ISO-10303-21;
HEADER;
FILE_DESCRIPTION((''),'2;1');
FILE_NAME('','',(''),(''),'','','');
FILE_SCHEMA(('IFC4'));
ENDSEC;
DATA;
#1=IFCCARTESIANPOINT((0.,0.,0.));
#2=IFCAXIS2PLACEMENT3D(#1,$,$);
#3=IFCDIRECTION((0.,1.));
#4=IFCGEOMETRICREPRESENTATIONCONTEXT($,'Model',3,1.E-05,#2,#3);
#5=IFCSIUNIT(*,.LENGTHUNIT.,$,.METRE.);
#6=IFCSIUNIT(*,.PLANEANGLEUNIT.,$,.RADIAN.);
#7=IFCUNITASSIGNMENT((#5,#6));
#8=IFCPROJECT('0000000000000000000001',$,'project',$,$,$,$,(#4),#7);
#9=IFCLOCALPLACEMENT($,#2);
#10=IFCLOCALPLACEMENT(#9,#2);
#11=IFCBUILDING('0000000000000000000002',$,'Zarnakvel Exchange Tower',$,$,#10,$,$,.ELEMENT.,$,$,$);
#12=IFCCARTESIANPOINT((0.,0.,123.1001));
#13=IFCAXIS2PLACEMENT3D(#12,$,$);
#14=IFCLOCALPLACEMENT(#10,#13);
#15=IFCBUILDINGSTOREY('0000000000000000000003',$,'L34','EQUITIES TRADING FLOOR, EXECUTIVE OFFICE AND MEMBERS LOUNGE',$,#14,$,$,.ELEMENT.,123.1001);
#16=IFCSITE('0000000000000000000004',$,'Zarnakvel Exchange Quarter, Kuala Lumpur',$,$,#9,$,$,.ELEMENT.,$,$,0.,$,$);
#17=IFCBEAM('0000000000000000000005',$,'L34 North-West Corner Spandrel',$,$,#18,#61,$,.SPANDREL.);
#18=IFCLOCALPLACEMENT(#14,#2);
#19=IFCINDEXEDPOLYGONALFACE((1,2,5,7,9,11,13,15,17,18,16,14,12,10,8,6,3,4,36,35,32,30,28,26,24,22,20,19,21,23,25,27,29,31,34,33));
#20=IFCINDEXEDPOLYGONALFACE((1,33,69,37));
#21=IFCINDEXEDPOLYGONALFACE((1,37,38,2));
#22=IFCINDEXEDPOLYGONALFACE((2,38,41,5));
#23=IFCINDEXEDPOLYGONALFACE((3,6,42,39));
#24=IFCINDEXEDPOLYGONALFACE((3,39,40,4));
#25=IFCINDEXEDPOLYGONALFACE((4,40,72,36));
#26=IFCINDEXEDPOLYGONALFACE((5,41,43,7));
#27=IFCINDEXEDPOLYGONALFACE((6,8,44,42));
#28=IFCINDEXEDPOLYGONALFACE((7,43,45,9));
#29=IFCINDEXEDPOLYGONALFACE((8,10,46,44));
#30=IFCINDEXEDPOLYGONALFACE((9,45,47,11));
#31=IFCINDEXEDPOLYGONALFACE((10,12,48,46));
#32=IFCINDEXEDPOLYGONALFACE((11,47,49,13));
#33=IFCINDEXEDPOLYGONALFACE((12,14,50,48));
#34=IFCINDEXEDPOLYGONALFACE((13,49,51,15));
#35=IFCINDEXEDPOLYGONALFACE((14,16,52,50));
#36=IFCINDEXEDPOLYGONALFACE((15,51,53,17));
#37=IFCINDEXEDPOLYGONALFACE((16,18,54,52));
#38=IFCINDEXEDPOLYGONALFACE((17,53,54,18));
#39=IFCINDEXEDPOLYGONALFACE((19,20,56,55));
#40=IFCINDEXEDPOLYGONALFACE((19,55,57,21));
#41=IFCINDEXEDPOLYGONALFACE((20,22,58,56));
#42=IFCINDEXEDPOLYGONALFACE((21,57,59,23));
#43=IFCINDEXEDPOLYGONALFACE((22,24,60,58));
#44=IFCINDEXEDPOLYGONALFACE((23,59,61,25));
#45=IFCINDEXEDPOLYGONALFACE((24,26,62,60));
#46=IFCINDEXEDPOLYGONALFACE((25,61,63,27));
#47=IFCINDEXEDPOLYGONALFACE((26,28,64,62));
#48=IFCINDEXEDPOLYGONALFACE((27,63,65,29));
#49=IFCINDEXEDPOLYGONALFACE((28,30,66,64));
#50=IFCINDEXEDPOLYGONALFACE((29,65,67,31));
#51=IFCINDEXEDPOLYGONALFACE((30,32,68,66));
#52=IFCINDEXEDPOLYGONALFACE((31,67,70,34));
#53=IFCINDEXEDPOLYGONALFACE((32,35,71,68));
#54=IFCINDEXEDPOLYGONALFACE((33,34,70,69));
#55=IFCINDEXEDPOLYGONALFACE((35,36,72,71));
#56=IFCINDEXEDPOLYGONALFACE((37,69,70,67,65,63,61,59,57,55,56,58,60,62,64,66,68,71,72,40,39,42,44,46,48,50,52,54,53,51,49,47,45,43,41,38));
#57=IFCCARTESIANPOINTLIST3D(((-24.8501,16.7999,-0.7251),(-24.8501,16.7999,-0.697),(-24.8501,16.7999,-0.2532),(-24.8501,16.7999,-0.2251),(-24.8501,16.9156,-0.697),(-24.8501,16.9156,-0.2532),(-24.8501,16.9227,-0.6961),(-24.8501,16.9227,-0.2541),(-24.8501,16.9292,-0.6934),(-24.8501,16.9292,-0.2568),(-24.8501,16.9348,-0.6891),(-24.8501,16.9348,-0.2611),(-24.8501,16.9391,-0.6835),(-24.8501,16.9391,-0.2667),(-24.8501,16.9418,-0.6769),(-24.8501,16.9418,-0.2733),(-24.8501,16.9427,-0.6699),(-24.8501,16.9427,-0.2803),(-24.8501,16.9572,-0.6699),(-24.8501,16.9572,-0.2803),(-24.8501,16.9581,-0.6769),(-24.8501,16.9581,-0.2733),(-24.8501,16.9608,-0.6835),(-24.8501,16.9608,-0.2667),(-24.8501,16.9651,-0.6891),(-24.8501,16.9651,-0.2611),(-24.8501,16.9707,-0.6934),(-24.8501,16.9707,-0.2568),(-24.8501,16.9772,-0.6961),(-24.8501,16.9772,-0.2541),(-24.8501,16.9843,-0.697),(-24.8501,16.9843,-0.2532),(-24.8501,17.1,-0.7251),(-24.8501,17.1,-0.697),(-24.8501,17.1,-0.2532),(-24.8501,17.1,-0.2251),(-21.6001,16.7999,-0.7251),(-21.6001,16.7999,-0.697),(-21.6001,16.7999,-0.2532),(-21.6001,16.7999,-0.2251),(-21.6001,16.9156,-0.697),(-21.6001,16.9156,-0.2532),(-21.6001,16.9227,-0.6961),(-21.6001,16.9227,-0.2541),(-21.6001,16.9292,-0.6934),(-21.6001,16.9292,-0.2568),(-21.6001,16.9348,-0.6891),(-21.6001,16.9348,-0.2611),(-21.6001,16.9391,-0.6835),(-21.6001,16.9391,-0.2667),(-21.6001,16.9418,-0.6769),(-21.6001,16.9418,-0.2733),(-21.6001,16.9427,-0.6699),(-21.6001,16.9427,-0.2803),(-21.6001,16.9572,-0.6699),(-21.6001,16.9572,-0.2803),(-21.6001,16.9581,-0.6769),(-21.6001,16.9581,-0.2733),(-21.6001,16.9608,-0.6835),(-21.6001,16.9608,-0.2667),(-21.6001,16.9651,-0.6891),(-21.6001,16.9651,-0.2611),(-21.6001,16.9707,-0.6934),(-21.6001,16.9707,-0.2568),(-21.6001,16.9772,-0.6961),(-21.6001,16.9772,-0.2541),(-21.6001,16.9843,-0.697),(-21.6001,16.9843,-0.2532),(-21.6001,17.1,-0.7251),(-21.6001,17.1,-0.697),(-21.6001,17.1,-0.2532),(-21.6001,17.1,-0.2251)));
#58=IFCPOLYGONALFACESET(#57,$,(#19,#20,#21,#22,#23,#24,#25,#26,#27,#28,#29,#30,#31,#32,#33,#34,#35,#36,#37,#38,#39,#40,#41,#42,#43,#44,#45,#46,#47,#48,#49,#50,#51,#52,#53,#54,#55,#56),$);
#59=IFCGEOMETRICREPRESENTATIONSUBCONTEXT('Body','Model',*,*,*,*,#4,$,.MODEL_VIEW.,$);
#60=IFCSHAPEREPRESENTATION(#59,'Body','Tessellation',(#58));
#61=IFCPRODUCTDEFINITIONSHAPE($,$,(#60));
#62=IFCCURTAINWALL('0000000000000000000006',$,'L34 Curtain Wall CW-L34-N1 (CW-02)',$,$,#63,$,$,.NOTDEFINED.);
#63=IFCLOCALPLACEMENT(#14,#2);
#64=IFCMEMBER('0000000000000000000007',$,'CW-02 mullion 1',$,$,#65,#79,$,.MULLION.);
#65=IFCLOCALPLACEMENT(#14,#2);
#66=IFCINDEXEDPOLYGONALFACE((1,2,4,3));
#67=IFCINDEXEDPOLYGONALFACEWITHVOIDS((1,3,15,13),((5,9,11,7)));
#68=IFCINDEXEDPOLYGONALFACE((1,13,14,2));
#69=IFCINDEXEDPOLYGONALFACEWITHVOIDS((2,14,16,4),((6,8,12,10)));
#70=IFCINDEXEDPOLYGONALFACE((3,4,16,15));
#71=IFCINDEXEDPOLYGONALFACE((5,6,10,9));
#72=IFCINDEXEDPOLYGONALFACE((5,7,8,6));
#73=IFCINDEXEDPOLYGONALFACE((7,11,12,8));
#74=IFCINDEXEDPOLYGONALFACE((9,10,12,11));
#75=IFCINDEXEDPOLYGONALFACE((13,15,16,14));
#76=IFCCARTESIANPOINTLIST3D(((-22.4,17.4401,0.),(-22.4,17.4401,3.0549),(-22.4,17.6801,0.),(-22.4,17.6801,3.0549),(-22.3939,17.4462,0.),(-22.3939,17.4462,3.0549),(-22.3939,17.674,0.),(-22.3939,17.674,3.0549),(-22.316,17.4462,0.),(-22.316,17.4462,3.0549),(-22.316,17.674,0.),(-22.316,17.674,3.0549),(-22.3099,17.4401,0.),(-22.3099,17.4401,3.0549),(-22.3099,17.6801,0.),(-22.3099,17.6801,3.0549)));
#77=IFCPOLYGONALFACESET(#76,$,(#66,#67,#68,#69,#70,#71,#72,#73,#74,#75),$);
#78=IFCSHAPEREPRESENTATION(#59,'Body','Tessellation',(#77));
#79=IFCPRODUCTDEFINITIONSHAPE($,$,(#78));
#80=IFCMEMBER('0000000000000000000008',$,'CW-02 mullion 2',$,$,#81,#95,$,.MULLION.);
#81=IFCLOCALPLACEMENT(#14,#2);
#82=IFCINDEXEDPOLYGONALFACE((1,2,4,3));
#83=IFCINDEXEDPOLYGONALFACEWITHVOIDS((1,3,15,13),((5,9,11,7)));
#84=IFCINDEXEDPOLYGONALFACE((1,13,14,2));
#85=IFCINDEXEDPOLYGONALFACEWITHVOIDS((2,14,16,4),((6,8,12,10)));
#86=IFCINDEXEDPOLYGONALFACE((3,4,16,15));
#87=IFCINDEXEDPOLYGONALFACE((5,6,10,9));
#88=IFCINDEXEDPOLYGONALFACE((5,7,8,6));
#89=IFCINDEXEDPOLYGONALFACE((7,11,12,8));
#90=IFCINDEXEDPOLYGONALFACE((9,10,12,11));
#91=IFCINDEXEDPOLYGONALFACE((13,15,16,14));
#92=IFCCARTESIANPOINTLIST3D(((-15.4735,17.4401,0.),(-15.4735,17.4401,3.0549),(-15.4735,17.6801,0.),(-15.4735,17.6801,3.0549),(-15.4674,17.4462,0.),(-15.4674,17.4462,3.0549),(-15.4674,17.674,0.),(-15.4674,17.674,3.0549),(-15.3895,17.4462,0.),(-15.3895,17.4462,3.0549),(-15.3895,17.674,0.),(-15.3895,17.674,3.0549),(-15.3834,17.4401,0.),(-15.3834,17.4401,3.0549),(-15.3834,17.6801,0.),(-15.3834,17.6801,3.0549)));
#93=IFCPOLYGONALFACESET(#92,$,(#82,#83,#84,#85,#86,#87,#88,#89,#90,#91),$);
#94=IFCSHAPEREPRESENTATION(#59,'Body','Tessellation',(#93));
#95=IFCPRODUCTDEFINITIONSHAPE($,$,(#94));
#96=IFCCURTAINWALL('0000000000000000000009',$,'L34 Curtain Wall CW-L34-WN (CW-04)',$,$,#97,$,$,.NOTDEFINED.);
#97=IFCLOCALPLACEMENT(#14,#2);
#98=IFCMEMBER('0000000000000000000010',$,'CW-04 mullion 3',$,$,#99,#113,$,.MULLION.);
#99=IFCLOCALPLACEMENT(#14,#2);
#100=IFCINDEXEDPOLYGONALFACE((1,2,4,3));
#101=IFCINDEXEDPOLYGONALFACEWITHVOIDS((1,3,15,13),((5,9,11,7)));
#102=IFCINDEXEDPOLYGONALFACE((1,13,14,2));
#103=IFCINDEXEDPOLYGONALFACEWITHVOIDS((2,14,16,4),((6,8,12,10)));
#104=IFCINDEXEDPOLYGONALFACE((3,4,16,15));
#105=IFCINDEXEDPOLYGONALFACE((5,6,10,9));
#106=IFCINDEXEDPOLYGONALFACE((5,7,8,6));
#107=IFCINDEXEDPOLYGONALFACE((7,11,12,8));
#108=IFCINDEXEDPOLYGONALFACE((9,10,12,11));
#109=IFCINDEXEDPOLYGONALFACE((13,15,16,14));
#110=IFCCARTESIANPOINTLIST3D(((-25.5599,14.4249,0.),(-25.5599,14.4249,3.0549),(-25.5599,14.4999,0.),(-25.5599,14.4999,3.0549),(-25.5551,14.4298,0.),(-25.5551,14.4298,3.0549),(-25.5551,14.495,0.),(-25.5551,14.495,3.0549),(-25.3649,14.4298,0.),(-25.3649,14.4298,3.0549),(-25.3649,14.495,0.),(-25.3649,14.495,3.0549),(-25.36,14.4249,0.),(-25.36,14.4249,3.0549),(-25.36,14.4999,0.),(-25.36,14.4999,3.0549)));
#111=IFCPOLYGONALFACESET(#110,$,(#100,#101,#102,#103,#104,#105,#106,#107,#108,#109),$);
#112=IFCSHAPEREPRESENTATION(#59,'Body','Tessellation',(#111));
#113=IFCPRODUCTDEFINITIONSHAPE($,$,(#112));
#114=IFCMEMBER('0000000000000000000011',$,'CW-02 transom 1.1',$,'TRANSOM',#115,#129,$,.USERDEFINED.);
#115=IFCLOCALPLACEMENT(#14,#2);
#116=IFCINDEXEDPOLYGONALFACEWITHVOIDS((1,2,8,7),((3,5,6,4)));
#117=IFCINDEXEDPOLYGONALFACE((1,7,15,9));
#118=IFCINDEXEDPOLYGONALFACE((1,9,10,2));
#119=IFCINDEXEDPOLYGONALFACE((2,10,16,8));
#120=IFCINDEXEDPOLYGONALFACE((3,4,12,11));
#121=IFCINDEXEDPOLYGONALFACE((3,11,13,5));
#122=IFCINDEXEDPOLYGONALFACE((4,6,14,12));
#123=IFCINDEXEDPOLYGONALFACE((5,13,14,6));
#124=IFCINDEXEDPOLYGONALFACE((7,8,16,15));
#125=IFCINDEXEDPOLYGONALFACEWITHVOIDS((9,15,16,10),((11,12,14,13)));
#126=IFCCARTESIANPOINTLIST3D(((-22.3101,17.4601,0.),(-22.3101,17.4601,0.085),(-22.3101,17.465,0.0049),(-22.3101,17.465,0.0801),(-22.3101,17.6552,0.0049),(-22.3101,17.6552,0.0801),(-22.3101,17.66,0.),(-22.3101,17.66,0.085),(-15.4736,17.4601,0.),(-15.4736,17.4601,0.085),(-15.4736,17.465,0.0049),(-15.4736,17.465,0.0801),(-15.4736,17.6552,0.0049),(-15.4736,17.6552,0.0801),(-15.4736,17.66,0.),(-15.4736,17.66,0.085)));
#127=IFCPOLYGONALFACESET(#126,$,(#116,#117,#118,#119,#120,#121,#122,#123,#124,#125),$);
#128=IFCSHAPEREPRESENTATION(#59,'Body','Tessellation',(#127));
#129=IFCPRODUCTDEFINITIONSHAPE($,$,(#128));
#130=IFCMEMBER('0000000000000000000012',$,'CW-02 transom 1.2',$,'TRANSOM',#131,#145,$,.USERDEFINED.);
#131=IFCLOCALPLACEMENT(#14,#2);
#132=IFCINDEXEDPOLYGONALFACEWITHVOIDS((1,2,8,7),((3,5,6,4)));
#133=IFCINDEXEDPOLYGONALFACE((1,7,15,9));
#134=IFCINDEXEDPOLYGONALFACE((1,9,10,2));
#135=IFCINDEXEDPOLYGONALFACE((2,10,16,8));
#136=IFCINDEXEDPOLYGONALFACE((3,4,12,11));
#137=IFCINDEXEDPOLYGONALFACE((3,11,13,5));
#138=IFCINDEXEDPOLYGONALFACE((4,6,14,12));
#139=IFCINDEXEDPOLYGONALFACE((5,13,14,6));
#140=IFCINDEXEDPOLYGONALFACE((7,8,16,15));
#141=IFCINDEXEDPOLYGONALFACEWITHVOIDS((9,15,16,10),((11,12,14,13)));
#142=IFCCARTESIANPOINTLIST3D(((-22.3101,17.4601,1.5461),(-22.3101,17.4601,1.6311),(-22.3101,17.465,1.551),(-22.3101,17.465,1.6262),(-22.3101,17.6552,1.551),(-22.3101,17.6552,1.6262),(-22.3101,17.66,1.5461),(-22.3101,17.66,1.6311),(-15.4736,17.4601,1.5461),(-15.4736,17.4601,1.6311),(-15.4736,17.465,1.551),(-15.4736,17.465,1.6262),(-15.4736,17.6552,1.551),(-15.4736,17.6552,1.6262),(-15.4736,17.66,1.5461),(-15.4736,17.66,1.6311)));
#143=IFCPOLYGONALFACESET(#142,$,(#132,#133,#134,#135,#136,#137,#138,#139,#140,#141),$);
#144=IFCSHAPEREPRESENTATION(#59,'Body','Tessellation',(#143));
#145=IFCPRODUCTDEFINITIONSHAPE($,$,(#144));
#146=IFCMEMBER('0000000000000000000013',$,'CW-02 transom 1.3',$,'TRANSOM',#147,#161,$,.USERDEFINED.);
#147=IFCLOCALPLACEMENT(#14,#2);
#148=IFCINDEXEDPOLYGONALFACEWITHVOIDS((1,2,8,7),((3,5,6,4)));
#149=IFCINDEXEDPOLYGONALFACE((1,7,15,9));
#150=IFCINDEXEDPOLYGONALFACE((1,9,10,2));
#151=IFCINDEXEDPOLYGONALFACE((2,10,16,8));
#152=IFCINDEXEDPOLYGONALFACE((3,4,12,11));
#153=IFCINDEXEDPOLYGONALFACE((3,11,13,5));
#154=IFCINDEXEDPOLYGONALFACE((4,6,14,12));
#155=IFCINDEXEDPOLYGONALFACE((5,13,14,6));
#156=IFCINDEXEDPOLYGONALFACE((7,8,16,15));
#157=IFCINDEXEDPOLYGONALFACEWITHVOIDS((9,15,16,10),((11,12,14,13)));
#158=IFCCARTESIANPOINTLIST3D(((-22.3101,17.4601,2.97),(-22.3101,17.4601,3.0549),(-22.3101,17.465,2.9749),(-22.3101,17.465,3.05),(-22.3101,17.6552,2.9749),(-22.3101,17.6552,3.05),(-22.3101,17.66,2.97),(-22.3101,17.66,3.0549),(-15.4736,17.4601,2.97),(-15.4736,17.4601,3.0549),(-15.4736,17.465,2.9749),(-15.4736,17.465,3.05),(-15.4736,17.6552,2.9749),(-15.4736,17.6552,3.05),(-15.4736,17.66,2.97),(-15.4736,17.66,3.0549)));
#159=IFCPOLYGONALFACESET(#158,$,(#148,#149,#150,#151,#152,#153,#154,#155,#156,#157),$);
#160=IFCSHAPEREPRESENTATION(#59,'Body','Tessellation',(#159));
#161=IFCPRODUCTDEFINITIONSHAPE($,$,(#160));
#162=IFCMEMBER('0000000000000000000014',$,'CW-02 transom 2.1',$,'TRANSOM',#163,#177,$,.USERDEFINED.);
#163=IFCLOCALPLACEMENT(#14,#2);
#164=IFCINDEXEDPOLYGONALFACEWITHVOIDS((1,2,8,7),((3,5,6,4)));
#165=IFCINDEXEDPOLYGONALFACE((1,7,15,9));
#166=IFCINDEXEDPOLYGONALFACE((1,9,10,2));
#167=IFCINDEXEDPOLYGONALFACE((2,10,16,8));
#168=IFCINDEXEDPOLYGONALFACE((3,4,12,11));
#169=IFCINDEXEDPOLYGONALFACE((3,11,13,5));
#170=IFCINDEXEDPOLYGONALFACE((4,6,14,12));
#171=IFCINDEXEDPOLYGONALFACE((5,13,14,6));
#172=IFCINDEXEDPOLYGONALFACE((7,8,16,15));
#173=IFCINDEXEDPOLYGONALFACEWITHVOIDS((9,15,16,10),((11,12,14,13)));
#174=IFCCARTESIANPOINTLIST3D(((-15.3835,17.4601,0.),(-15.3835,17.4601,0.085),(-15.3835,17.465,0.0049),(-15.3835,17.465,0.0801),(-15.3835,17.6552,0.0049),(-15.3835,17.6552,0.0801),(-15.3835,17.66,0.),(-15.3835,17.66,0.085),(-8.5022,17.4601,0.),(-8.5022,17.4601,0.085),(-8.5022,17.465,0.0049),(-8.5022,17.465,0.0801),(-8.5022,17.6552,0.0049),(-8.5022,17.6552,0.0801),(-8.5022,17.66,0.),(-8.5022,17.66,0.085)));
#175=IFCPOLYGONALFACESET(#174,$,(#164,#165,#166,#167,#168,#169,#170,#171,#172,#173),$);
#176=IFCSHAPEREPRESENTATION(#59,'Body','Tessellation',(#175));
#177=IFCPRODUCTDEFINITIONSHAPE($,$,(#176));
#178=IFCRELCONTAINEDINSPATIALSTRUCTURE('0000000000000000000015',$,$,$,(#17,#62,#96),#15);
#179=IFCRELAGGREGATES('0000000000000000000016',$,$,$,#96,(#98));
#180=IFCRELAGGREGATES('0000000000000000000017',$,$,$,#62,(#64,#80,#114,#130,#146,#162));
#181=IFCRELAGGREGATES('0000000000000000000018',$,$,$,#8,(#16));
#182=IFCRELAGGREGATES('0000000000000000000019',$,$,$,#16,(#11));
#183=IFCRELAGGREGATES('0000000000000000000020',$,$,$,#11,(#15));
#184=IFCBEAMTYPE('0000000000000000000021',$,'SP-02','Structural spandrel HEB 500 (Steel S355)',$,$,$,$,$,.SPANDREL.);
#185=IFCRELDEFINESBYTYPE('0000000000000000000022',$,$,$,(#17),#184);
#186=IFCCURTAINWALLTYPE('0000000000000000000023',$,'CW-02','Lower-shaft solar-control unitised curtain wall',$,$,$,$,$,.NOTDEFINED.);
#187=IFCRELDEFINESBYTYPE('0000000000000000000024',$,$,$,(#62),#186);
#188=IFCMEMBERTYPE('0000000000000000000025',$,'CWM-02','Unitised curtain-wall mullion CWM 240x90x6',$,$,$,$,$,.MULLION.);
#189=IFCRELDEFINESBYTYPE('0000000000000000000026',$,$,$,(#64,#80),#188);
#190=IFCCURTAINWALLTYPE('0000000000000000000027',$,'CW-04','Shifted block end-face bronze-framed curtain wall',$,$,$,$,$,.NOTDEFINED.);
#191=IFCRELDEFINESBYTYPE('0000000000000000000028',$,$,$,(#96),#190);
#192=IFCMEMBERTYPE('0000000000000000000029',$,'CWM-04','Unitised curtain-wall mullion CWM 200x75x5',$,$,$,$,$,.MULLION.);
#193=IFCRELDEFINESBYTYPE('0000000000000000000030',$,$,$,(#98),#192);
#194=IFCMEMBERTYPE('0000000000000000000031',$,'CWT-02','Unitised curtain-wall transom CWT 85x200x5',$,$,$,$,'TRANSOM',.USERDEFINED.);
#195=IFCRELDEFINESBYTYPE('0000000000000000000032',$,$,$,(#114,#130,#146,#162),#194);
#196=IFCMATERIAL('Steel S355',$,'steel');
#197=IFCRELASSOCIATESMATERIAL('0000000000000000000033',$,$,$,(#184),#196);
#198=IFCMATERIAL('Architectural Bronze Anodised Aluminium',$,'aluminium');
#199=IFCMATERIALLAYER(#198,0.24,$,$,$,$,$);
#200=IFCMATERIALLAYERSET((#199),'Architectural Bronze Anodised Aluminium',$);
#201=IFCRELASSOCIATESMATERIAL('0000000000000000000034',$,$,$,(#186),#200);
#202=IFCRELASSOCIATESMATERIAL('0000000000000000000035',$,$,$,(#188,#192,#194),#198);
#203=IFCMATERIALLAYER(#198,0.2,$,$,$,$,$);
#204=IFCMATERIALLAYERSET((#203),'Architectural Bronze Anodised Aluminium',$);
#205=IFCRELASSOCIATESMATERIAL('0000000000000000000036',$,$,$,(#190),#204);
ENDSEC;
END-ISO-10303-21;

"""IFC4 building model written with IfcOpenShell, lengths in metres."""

from ifc_helpers import new_model, si_unit, direction, frame, origin, origin_2d, place, context, subcontext, project, spatial, hollow_rectangle, i_section, extrude, source, transform, mapped, material, layer, layer_set, material_profile, profile_set, type_object, element, aggregate, save


model = new_model("IFC4")

# Units and contexts
model_context = context("Model", 3, precision=1e-05, world=origin(), true_north=direction((0.0, 1.0)))
body_context = subcontext(model_context, "Body", "Model", "MODEL_VIEW")
ifc_project = project(units=[si_unit("LENGTHUNIT", "METRE"), si_unit("PLANEANGLEUNIT", "RADIAN")], contexts=[model_context])

# Site, building, storey
site_placement = place(None, origin())
site = spatial("IfcSite", under=ifc_project, at=site_placement, Name="Zarnakvel Exchange Quarter, Kuala Lumpur", CompositionType="ELEMENT", RefElevation=0.0)
building_placement = place(site_placement, origin())
building = spatial("IfcBuilding", under=site, at=building_placement, Name="Zarnakvel Exchange Tower", CompositionType="ELEMENT")
storey_placement = place(building_placement, frame((0.0, 0.0, 123.1001)))
storey = spatial("IfcBuildingStorey", under=building, at=storey_placement, Name="L34", Description="EQUITIES TRADING FLOOR, EXECUTIVE OFFICE AND MEMBERS LOUNGE", CompositionType="ELEMENT", Elevation=123.1001)

# Beam
ifc_material_1 = material(Name="Steel S355", Category="steel")
ifc_material_profile_1 = material_profile(ifc_material_1, i_section(OverallWidth=0.3, OverallDepth=0.5, WebThickness=0.0144, FlangeThickness=0.0281, FilletRadius=0.0271, at=origin_2d()))
ifc_profile_set_1 = profile_set([ifc_material_profile_1], Name="Steel S355")
beam_type_1 = type_object("IfcBeamType", Name="SP-02", Description="Structural spandrel HEB 500 (Steel S355)", PredefinedType="SPANDREL", material=ifc_profile_set_1)
beam_1_placement = place(storey_placement, frame((-24.8501, 16.95, -0.4751), z_axis=(1.0, 0.0, 0.0), x_axis=(0.0, 1.0, 0.0)))
element("IfcBeam", 1, at=beam_1_placement, inside=storey, type_object=beam_type_1, Name="L34 North-West Corner Spandrel", PredefinedType="SPANDREL", context=body_context, shape_type="SweptSolid", body=[
    extrude(i_section(OverallWidth=0.3, OverallDepth=0.5, WebThickness=0.0144, FlangeThickness=0.0281, FilletRadius=0.0271, at=origin_2d()), origin(), (0.0, 0.0, 1.0), 3.25),
])

# Curtain wall, members
ifc_material_2 = material(Name="Architectural Bronze Anodised Aluminium", Category="aluminium")
ifc_layer_1 = layer(ifc_material_2, 0.24)
ifc_layer_set_1 = layer_set([ifc_layer_1], Name="Architectural Bronze Anodised Aluminium")
curtain_wall_type_1 = type_object("IfcCurtainWallType", Name="CW-02", Description="Lower-shaft solar-control unitised curtain wall", PredefinedType="NOTDEFINED", material=ifc_layer_set_1)
curtain_wall_1_placement = place(storey_placement, origin())
curtain_wall_1 = element("IfcCurtainWall", 2, at=curtain_wall_1_placement, inside=storey, type_object=curtain_wall_type_1, Name="L34 Curtain Wall CW-L34-N1 (CW-02)", PredefinedType="NOTDEFINED")
ifc_material_profile_2 = material_profile(ifc_material_2, hollow_rectangle(XDim=0.24, YDim=0.0901, WallThickness=0.0061, at=origin_2d()))
ifc_profile_set_2 = profile_set([ifc_material_profile_2], Name="Architectural Bronze Anodised Aluminium")
member_type_1 = type_object("IfcMemberType", Name="CWM-02", Description="Unitised curtain-wall mullion CWM 240x90x6", PredefinedType="MULLION", material=ifc_profile_set_2)
shared_shape_1 = source(origin(), body_context, "Body", "SweptSolid", [
    extrude(hollow_rectangle(XDim=0.24, YDim=0.0901, WallThickness=0.0061, at=origin_2d()), origin(), (0.0, 0.0, 1.0), 3.0549),
])
member_1_placement = place(storey_placement, frame((-22.355, 17.5601, 0.0), z_axis=(0.0, 0.0, 1.0), x_axis=(0.0, 1.0, 0.0)))
member_1 = element("IfcMember", 3, at=member_1_placement, type_object=member_type_1, Name="CW-02 mullion 1", PredefinedType="MULLION", context=body_context, shape_type="MappedRepresentation", body=[
    mapped(shared_shape_1, transform((0.0, 0.0, 0.0), x_axis=(1.0, 0.0, 0.0), y_axis=(0.0, 1.0, 0.0), z_axis=(0.0, 0.0, 1.0), scale=1.0)),
])
member_2_placement = place(storey_placement, frame((-15.4285, 17.5601, 0.0), z_axis=(0.0, 0.0, 1.0), x_axis=(0.0, 1.0, 0.0)))
member_2 = element("IfcMember", 4, at=member_2_placement, type_object=member_type_1, Name="CW-02 mullion 2", PredefinedType="MULLION", context=body_context, shape_type="MappedRepresentation", body=[
    mapped(shared_shape_1, transform((0.0, 0.0, 0.0), x_axis=(1.0, 0.0, 0.0), y_axis=(0.0, 1.0, 0.0), z_axis=(0.0, 0.0, 1.0), scale=1.0)),
])

# Curtain wall, member
ifc_layer_2 = layer(ifc_material_2, 0.2)
ifc_layer_set_2 = layer_set([ifc_layer_2], Name="Architectural Bronze Anodised Aluminium")
curtain_wall_type_2 = type_object("IfcCurtainWallType", Name="CW-04", Description="Shifted block end-face bronze-framed curtain wall", PredefinedType="NOTDEFINED", material=ifc_layer_set_2)
curtain_wall_2_placement = place(storey_placement, origin())
curtain_wall_2 = element("IfcCurtainWall", 5, at=curtain_wall_2_placement, inside=storey, type_object=curtain_wall_type_2, Name="L34 Curtain Wall CW-L34-WN (CW-04)", PredefinedType="NOTDEFINED")
ifc_material_profile_3 = material_profile(ifc_material_2, hollow_rectangle(XDim=0.2, YDim=0.075, WallThickness=0.0049, at=origin_2d()))
ifc_profile_set_3 = profile_set([ifc_material_profile_3], Name="Architectural Bronze Anodised Aluminium")
member_type_2 = type_object("IfcMemberType", Name="CWM-04", Description="Unitised curtain-wall mullion CWM 200x75x5", PredefinedType="MULLION", material=ifc_profile_set_3)
shared_shape_2 = source(origin(), body_context, "Body", "SweptSolid", [
    extrude(hollow_rectangle(XDim=0.2, YDim=0.075, WallThickness=0.0049, at=origin_2d()), origin(), (0.0, 0.0, 1.0), 3.0549),
])
member_3_placement = place(storey_placement, frame((-25.46, 14.4624, 0.0), z_axis=(0.0, 0.0, 1.0), x_axis=(-1.0, 0.0, 0.0)))
member_3 = element("IfcMember", 6, at=member_3_placement, type_object=member_type_2, Name="CW-04 mullion 3", PredefinedType="MULLION", context=body_context, shape_type="MappedRepresentation", body=[
    mapped(shared_shape_2, transform((0.0, 0.0, 0.0), x_axis=(1.0, 0.0, 0.0), y_axis=(0.0, 1.0, 0.0), z_axis=(0.0, 0.0, 1.0), scale=1.0)),
])
aggregate(curtain_wall_2, [member_3])

# Members
ifc_material_profile_4 = material_profile(ifc_material_2, hollow_rectangle(XDim=0.2, YDim=0.085, WallThickness=0.0049, at=origin_2d()))
ifc_profile_set_4 = profile_set([ifc_material_profile_4], Name="Architectural Bronze Anodised Aluminium")
member_type_3 = type_object("IfcMemberType", Name="CWT-02", Description="Unitised curtain-wall transom CWT 85x200x5", ElementType="TRANSOM", PredefinedType="USERDEFINED", material=ifc_profile_set_4)
shared_shape_3 = source(origin(), body_context, "Body", "SweptSolid", [
    extrude(hollow_rectangle(XDim=0.2, YDim=0.085, WallThickness=0.0049, at=origin_2d()), origin(), (0.0, 0.0, 1.0), 6.8364),
])
member_4_placement = place(storey_placement, frame((-22.3101, 17.5601, 0.0425), z_axis=(1.0, 0.0, 0.0), x_axis=(0.0, 1.0, 0.0)))
member_4 = element("IfcMember", 7, at=member_4_placement, type_object=member_type_3, Name="CW-02 transom 1.1", ObjectType="TRANSOM", PredefinedType="USERDEFINED", context=body_context, shape_type="MappedRepresentation", body=[
    mapped(shared_shape_3, transform((0.0, 0.0, 0.0), x_axis=(1.0, 0.0, 0.0), y_axis=(0.0, 1.0, 0.0), z_axis=(0.0, 0.0, 1.0), scale=1.0)),
])
member_5_placement = place(storey_placement, frame((-22.3101, 17.5601, 1.5886), z_axis=(1.0, 0.0, 0.0), x_axis=(0.0, 1.0, 0.0)))
member_5 = element("IfcMember", 8, at=member_5_placement, type_object=member_type_3, Name="CW-02 transom 1.2", ObjectType="TRANSOM", PredefinedType="USERDEFINED", context=body_context, shape_type="MappedRepresentation", body=[
    mapped(shared_shape_3, transform((0.0, 0.0, 0.0), x_axis=(1.0, 0.0, 0.0), y_axis=(0.0, 1.0, 0.0), z_axis=(0.0, 0.0, 1.0), scale=1.0)),
])
member_6_placement = place(storey_placement, frame((-22.3101, 17.5601, 3.0125), z_axis=(1.0, 0.0, 0.0), x_axis=(0.0, 1.0, 0.0)))
member_6 = element("IfcMember", 9, at=member_6_placement, type_object=member_type_3, Name="CW-02 transom 1.3", ObjectType="TRANSOM", PredefinedType="USERDEFINED", context=body_context, shape_type="MappedRepresentation", body=[
    mapped(shared_shape_3, transform((0.0, 0.0, 0.0), x_axis=(1.0, 0.0, 0.0), y_axis=(0.0, 1.0, 0.0), z_axis=(0.0, 0.0, 1.0), scale=1.0)),
])
shared_shape_4 = source(origin(), body_context, "Body", "SweptSolid", [
    extrude(hollow_rectangle(XDim=0.2, YDim=0.085, WallThickness=0.0049, at=origin_2d()), origin(), (0.0, 0.0, 1.0), 6.8813),
])
member_7_placement = place(storey_placement, frame((-15.3835, 17.5601, 0.0425), z_axis=(1.0, 0.0, 0.0), x_axis=(0.0, 1.0, 0.0)))
member_7 = element("IfcMember", 10, at=member_7_placement, type_object=member_type_3, Name="CW-02 transom 2.1", ObjectType="TRANSOM", PredefinedType="USERDEFINED", context=body_context, shape_type="MappedRepresentation", body=[
    mapped(shared_shape_4, transform((0.0, 0.0, 0.0), x_axis=(1.0, 0.0, 0.0), y_axis=(0.0, 1.0, 0.0), z_axis=(0.0, 0.0, 1.0), scale=1.0)),
])

aggregate(curtain_wall_1, [member_1, member_2, member_4, member_5, member_6, member_7])

save(model, "model.ifc")
